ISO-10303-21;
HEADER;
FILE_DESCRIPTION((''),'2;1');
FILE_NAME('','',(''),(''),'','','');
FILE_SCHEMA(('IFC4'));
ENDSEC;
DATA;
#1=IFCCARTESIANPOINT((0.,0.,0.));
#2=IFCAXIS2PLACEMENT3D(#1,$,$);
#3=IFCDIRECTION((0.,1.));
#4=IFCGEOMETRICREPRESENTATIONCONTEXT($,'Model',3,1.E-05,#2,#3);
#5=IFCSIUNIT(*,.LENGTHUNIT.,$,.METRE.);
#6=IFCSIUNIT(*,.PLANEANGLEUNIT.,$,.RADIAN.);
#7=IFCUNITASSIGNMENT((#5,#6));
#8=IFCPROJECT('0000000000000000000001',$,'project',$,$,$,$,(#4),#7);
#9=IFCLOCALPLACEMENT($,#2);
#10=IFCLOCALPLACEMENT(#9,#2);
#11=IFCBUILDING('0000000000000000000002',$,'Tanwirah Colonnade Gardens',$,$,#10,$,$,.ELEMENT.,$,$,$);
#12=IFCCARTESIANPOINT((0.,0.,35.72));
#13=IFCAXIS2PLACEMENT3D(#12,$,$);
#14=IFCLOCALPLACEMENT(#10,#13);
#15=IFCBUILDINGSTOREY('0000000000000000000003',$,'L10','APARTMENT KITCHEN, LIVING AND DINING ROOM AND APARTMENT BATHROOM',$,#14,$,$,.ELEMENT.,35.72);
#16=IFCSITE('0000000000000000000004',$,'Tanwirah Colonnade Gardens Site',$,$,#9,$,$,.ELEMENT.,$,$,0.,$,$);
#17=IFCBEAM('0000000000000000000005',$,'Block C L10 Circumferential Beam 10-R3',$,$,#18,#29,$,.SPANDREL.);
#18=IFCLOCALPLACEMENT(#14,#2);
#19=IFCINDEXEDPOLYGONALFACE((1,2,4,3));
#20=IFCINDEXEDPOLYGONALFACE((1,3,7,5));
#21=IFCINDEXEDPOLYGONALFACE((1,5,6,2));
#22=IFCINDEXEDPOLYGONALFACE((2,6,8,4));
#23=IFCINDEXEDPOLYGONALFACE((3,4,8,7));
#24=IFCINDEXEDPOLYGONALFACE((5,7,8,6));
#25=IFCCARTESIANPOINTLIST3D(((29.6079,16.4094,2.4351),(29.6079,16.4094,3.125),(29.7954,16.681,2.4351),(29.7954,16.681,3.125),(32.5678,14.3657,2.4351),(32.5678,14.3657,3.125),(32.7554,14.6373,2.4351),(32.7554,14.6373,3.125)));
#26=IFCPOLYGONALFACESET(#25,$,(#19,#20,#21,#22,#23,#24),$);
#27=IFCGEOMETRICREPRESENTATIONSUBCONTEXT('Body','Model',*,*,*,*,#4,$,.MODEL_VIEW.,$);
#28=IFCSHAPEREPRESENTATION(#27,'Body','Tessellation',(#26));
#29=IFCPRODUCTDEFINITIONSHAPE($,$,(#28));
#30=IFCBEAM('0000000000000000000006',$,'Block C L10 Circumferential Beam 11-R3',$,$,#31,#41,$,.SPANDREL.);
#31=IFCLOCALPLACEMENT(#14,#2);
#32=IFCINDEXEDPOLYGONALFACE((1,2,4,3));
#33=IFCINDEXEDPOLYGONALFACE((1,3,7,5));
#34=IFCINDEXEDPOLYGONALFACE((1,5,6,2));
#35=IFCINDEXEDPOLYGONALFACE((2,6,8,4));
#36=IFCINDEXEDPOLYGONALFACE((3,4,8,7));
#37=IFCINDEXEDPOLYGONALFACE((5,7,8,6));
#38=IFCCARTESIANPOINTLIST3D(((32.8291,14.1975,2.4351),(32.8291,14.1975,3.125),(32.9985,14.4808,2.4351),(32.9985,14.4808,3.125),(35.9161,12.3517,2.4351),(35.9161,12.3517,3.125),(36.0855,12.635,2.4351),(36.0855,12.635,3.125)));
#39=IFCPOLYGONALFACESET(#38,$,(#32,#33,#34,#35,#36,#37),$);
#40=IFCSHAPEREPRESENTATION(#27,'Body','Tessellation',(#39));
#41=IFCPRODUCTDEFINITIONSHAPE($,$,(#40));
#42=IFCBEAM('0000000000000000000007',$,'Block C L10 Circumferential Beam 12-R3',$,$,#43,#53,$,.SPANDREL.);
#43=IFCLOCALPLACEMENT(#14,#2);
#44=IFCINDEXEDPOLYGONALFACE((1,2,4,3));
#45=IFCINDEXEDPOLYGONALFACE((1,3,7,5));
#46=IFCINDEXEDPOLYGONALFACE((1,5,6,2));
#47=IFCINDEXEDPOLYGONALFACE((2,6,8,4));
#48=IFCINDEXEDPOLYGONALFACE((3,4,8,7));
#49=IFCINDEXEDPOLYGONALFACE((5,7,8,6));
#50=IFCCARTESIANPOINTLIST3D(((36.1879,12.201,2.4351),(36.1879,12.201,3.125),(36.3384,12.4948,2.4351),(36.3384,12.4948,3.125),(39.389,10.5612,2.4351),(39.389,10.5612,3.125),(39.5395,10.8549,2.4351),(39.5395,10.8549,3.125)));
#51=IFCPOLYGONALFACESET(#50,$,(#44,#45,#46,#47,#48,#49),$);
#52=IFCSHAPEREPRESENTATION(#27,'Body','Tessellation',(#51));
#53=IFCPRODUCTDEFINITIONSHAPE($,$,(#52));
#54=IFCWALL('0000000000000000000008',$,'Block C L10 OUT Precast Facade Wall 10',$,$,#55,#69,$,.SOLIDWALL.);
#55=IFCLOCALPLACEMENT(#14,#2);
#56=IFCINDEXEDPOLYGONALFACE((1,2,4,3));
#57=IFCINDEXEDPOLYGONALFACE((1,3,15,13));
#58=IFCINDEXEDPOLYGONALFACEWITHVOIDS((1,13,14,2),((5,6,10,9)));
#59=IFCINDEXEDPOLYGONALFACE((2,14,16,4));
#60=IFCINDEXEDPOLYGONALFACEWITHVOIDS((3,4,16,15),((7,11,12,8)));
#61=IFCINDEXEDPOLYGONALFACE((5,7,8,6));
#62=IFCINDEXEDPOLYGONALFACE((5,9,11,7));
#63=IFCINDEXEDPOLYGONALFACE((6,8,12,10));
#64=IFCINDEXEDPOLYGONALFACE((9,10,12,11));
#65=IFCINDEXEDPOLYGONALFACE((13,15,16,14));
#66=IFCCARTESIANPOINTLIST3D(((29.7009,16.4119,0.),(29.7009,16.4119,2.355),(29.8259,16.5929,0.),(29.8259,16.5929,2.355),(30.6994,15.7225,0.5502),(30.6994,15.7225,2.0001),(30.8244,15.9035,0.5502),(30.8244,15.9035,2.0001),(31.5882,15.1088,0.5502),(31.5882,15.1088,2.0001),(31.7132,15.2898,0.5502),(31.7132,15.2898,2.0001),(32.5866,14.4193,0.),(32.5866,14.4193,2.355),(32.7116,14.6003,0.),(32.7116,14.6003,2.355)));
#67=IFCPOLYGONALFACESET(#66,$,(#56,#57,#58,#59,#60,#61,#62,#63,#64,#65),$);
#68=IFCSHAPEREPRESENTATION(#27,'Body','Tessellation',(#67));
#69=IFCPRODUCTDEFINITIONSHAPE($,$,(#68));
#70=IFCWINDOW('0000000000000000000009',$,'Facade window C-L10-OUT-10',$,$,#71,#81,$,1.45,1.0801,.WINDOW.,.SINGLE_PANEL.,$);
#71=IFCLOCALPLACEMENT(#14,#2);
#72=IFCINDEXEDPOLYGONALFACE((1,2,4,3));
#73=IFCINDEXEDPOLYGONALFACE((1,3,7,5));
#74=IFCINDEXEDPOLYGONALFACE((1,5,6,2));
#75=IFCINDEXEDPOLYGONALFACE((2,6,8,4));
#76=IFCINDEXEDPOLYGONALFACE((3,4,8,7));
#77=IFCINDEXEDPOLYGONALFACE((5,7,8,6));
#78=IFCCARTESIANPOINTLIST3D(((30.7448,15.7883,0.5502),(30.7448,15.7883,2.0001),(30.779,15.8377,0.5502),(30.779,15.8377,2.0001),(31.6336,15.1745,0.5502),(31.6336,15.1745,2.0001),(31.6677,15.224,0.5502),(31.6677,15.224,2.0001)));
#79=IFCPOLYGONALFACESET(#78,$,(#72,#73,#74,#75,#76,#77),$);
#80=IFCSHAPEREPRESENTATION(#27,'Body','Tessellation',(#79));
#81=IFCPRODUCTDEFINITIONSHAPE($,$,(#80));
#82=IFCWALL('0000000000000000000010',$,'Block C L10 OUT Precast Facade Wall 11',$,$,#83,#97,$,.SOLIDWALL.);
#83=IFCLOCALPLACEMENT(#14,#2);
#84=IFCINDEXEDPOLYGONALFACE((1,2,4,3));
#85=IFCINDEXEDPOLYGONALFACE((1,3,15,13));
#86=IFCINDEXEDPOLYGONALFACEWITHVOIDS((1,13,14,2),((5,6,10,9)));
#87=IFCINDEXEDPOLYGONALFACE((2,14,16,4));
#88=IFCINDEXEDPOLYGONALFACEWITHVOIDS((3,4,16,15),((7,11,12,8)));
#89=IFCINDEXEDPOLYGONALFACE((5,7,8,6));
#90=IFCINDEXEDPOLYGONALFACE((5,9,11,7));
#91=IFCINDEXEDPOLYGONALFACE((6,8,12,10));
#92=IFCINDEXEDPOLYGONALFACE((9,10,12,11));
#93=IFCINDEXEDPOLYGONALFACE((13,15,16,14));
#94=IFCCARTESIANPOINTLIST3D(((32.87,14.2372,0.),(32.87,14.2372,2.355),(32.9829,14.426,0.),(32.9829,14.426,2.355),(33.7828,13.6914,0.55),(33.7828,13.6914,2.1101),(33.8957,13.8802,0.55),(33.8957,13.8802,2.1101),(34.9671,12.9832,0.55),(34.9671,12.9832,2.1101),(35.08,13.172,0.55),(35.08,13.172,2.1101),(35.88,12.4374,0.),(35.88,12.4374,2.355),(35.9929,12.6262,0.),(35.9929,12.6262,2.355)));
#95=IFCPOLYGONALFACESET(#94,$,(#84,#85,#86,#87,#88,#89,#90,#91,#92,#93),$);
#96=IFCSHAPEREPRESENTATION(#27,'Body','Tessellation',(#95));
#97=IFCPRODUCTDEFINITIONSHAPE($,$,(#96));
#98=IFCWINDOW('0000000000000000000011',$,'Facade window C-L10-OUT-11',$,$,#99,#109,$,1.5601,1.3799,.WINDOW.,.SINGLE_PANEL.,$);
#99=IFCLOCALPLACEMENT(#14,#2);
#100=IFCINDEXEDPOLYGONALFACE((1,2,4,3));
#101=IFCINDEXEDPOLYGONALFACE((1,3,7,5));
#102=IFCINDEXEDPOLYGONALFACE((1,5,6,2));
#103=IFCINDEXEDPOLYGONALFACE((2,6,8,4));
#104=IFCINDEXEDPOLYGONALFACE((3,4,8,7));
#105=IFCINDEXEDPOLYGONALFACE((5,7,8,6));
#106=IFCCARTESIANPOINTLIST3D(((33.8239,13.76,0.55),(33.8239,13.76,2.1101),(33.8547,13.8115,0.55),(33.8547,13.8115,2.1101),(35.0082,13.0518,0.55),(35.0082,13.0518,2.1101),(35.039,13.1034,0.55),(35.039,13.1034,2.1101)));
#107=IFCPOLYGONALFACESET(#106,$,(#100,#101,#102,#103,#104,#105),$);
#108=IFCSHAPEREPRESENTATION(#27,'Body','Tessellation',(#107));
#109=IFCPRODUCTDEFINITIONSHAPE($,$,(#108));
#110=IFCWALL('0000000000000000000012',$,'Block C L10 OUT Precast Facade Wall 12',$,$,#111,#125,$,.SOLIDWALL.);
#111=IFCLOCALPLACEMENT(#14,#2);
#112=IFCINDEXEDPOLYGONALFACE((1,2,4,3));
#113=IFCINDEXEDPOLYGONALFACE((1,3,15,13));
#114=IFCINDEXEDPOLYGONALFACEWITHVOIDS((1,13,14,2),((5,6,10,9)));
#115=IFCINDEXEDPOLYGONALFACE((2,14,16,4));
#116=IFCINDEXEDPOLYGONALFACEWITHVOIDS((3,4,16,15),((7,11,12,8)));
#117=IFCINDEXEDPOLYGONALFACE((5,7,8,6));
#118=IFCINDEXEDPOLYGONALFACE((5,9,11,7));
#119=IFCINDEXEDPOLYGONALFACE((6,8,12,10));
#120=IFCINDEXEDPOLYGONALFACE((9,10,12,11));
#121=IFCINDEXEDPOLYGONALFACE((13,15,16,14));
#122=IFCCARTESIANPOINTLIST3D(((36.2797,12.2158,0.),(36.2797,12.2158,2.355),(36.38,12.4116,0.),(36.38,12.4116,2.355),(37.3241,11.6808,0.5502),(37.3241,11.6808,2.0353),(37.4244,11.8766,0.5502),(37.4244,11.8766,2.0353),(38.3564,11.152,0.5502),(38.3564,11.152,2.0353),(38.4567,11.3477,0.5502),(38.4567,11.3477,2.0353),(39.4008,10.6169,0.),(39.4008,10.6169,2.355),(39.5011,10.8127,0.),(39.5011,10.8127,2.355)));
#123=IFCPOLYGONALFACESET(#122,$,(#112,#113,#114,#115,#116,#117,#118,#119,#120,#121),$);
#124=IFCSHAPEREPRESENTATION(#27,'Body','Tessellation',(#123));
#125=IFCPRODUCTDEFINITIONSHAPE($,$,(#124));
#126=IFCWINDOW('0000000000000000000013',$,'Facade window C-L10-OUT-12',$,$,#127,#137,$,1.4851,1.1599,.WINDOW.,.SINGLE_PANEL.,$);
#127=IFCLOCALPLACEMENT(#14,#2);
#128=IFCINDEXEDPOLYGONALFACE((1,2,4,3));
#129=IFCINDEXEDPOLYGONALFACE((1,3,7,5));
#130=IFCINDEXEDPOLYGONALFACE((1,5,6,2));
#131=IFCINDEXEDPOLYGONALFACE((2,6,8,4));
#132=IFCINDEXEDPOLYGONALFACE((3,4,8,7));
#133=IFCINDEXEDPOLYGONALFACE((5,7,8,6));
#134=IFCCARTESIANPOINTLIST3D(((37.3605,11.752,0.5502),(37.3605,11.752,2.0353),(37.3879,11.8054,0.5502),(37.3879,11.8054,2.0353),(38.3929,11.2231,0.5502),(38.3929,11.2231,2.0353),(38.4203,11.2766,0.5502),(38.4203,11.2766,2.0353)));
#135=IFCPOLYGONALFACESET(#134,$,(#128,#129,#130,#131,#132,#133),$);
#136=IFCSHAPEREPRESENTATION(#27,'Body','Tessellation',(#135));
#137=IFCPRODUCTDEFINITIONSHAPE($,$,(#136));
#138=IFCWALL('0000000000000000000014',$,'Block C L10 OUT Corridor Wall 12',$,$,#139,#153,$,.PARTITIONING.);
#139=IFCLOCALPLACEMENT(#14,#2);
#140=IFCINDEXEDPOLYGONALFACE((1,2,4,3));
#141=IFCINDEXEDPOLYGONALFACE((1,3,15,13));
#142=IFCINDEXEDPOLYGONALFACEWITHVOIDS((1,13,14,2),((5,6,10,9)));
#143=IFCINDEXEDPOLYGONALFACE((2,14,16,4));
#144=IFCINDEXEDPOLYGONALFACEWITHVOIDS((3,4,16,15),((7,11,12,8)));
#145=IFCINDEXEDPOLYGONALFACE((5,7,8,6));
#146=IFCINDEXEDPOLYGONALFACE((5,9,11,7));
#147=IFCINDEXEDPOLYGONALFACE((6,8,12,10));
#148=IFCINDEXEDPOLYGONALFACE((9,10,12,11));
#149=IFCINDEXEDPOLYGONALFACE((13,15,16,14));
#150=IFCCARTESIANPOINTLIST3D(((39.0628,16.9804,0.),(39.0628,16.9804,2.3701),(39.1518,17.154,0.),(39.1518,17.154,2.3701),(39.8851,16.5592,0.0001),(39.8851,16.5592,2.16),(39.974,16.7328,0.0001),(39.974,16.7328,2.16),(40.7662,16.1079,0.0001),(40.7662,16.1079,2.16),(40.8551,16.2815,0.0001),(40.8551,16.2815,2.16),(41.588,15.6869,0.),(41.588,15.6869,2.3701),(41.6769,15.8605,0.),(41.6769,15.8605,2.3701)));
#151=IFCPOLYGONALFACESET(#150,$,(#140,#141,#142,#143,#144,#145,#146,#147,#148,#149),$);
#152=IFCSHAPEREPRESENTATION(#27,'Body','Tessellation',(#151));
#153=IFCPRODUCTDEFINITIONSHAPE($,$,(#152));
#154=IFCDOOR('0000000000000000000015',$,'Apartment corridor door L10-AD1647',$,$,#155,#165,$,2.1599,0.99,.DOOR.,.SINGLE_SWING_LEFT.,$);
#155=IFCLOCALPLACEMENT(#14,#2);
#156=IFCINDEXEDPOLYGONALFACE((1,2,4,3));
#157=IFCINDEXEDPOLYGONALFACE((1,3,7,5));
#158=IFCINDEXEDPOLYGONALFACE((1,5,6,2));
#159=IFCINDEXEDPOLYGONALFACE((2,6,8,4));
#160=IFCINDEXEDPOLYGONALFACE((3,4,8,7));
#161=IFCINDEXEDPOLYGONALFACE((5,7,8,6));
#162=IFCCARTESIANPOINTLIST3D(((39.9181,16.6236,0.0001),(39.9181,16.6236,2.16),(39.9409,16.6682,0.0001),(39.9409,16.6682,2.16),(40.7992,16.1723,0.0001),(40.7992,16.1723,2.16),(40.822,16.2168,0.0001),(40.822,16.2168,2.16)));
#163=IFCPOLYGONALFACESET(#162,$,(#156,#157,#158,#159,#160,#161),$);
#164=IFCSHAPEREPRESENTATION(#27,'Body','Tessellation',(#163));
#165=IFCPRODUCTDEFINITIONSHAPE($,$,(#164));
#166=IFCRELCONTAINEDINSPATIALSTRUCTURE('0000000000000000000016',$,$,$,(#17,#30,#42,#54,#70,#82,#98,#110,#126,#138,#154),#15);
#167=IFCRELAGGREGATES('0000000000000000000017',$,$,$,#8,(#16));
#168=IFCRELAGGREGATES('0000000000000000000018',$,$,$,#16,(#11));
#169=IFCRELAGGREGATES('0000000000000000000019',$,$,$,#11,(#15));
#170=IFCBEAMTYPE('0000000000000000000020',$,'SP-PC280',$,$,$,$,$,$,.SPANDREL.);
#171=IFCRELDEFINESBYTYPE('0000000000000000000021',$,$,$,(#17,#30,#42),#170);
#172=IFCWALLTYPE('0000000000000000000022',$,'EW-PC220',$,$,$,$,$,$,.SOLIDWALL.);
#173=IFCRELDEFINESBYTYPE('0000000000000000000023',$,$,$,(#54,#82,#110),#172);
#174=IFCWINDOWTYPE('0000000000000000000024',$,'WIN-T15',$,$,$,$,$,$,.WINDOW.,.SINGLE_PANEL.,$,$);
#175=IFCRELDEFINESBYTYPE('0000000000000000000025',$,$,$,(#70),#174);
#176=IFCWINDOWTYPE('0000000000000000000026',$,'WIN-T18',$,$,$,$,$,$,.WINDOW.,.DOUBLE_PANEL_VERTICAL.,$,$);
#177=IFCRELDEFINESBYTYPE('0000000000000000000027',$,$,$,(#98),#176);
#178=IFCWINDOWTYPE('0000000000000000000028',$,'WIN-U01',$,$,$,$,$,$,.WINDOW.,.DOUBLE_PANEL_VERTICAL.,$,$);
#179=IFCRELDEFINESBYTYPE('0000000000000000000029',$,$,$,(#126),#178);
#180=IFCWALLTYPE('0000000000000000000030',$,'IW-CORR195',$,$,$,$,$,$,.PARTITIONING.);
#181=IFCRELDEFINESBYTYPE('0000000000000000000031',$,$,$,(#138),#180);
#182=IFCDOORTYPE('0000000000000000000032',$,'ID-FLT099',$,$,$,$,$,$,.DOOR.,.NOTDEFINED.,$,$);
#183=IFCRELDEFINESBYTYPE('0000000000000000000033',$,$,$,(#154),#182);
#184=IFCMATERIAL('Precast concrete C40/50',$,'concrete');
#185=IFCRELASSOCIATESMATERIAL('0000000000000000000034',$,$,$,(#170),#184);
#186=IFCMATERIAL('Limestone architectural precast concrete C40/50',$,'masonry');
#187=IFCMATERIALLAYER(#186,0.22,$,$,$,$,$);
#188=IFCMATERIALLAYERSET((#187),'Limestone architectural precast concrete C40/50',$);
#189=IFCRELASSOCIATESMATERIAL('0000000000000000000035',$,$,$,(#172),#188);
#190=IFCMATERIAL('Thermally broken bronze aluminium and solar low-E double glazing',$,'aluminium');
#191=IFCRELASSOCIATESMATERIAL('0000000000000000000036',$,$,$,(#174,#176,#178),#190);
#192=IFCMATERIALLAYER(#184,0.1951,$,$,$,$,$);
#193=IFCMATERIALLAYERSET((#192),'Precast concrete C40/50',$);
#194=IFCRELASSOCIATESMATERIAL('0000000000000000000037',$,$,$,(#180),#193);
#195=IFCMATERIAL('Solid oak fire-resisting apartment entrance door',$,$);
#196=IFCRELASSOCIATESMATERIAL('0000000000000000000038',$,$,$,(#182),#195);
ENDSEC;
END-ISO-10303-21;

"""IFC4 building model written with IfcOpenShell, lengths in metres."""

from ifc_helpers import new_model, si_unit, direction, frame, frame_2d, origin, origin_2d, place, context, subcontext, project, spatial, rectangle, extrude, material, layer, layer_set, material_profile, profile_set, type_object, element, fill, save


model = new_model("IFC4")

# Units and contexts
model_context = context("Model", 3, precision=1e-05, world=origin(), true_north=direction((0.0, 1.0)))
body_context = subcontext(model_context, "Body", "Model", "MODEL_VIEW")
ifc_project = project(units=[si_unit("LENGTHUNIT", "METRE"), si_unit("PLANEANGLEUNIT", "RADIAN")], contexts=[model_context])

# Site, building, storey
site_placement = place(None, origin())
site = spatial("IfcSite", under=ifc_project, at=site_placement, Name="Tanwirah Colonnade Gardens Site", CompositionType="ELEMENT", RefElevation=0.0)
building_placement = place(site_placement, origin())
building = spatial("IfcBuilding", under=site, at=building_placement, Name="Tanwirah Colonnade Gardens", CompositionType="ELEMENT")
storey_placement = place(building_placement, frame((0.0, 0.0, 35.72)))
storey = spatial("IfcBuildingStorey", under=building, at=storey_placement, Name="L10", Description="APARTMENT KITCHEN, LIVING AND DINING ROOM AND APARTMENT BATHROOM", CompositionType="ELEMENT", Elevation=35.72)

# Shared definitions
ifc_material_1 = material(Name="Precast concrete C40/50", Category="concrete")

# Beams
ifc_material_profile_1 = material_profile(ifc_material_1, rectangle(XDim=0.3301, YDim=0.6899, at=origin_2d()), Name="PC-SP 330x690")
ifc_profile_set_1 = profile_set([ifc_material_profile_1], Name="Precast concrete C40/50")
beam_type_1 = type_object("IfcBeamType", Name="SP-PC280", PredefinedType="SPANDREL", material=ifc_profile_set_1)
beam_1_placement = place(storey_placement, frame((29.7017, 16.5452, 2.78), z_axis=(0.822907, -0.568175, 0.0), x_axis=(0.568175, 0.822907, 0.0)))
element("IfcBeam", 1, at=beam_1_placement, inside=storey, type_object=beam_type_1, Name="Block C L10 Circumferential Beam 10-R3", PredefinedType="SPANDREL", context=body_context, shape_type="SweptSolid", body=[
    extrude(rectangle(XDim=0.3301, YDim=0.6899, at=origin_2d()), origin(), (0.0, 0.0, 1.0), 3.5969),
])
for number, where, z_axis, x_axis, name in (
    (2, (32.9138, 14.3391, 2.78), (0.858283, -0.513177, 0.0), (0.513177, 0.858283, 0.0), "Block C L10 Circumferential Beam 11-R3"),
    (3, (36.2632, 12.3479, 2.78), (0.890013, -0.455935, 0.0), (0.455935, 0.890013, 0.0), "Block C L10 Circumferential Beam 12-R3"),
):
    element("IfcBeam", number, at=place(storey_placement, frame(where, z_axis=z_axis, x_axis=x_axis)), inside=storey, type_object=beam_type_1, Name=name, PredefinedType="SPANDREL", context=body_context, shape_type="SweptSolid", body=[
        extrude(rectangle(XDim=0.3301, YDim=0.6899, at=origin_2d()), origin(), (0.0, 0.0, 1.0), 3.5967),
    ])

# Walls, openings, windows
ifc_material_2 = material(Name="Limestone architectural precast concrete C40/50", Category="masonry")
ifc_layer_1 = layer(ifc_material_2, 0.22)
ifc_layer_set_1 = layer_set([ifc_layer_1], Name="Limestone architectural precast concrete C40/50")
wall_type_1 = type_object("IfcWallType", Name="EW-PC220", PredefinedType="SOLIDWALL", material=ifc_layer_set_1)
wall_1_placement = place(storey_placement, frame((29.7634, 16.5024, 0.0), z_axis=(0.0, 0.0, 1.0), x_axis=(0.822878, -0.568218, 0.0)))
wall_1 = element("IfcWall", 4, at=wall_1_placement, inside=storey, type_object=wall_type_1, Name="Block C L10 OUT Precast Facade Wall 10", PredefinedType="SOLIDWALL", context=body_context, shape_type="SweptSolid", body=[
    extrude(rectangle(XDim=3.5068, YDim=0.22, at=frame_2d((1.7534, 0.0))), origin(), (0.0, 0.0, 1.0), 2.355),
])
opening_1_placement = place(wall_1_placement, frame((1.2134, 0.0, 0.55)))
opening_1 = element("IfcOpeningElement", 5, at=opening_1_placement, cuts=wall_1, PredefinedType="OPENING", context=body_context, shape_type="SweptSolid", body=[
    extrude(rectangle(XDim=1.0801, YDim=1.45, at=frame_2d((0.54, 0.7251))), frame((0.0, 0.1199, 0.0), z_axis=(0.0, -1.0, 0.0), x_axis=(1.0, 0.0, 0.0)), (0.0, 0.0, 1.0), 0.24),
])
ifc_material_3 = material(Name="Thermally broken bronze aluminium and solar low-E double glazing", Category="aluminium")
window_type_1 = type_object("IfcWindowType", Name="WIN-T15", PartitioningType="SINGLE_PANEL", PredefinedType="WINDOW", material=ifc_material_3)
window_1_placement = place(opening_1_placement, origin())
window_1 = element("IfcWindow", 6, at=window_1_placement, inside=storey, type_object=window_type_1, Name="Facade window C-L10-OUT-10", OverallHeight=1.45, OverallWidth=1.0801, PartitioningType="SINGLE_PANEL", PredefinedType="WINDOW", context=body_context, shape_type="SweptSolid", body=[
    extrude(rectangle(XDim=1.0801, YDim=1.45, at=frame_2d((0.54, 0.7251))), frame((0.0, 0.03, 0.0), z_axis=(0.0, -1.0, 0.0), x_axis=(1.0, 0.0, 0.0)), (0.0, 0.0, 1.0), 0.0601),
])
fill(opening_1, window_1)
wall_2_placement = place(storey_placement, frame((32.9265, 14.3315, 0.0), z_axis=(0.0, 0.0, 1.0), x_axis=(0.858272, -0.513195, 0.0)))
wall_2 = element("IfcWall", 7, at=wall_2_placement, inside=storey, type_object=wall_type_1, Name="Block C L10 OUT Precast Facade Wall 11", PredefinedType="SOLIDWALL", context=body_context, shape_type="SweptSolid", body=[
    extrude(rectangle(XDim=3.5071, YDim=0.22, at=frame_2d((1.7534, 0.0))), origin(), (0.0, 0.0, 1.0), 2.355),
])
opening_2_placement = place(wall_2_placement, frame((1.0635, 0.0, 0.55)))
opening_2 = element("IfcOpeningElement", 8, at=opening_2_placement, cuts=wall_2, PredefinedType="OPENING", context=body_context, shape_type="SweptSolid", body=[
    extrude(rectangle(XDim=1.3799, YDim=1.5601, at=frame_2d((0.6899, 0.78))), frame((0.0, 0.1199, 0.0), z_axis=(0.0, -1.0, 0.0), x_axis=(1.0, 0.0, 0.0)), (0.0, 0.0, 1.0), 0.24),
])
window_type_2 = type_object("IfcWindowType", Name="WIN-T18", PartitioningType="DOUBLE_PANEL_VERTICAL", PredefinedType="WINDOW", material=ifc_material_3)
window_2_placement = place(opening_2_placement, origin())
window_2 = element("IfcWindow", 9, at=window_2_placement, inside=storey, type_object=window_type_2, Name="Facade window C-L10-OUT-11", OverallHeight=1.5601, OverallWidth=1.3799, PartitioningType="SINGLE_PANEL", PredefinedType="WINDOW", context=body_context, shape_type="SweptSolid", body=[
    extrude(rectangle(XDim=1.3799, YDim=1.5601, at=frame_2d((0.6899, 0.78))), frame((0.0, 0.03, 0.0), z_axis=(0.0, -1.0, 0.0), x_axis=(1.0, 0.0, 0.0)), (0.0, 0.0, 1.0), 0.0601),
])
fill(opening_2, window_2)
wall_3_placement = place(storey_placement, frame((36.3298, 12.3137, 0.0), z_axis=(0.0, 0.0, 1.0), x_axis=(0.890012, -0.455936, 0.0)))
wall_3 = element("IfcWall", 10, at=wall_3_placement, inside=storey, type_object=wall_type_1, Name="Block C L10 OUT Precast Facade Wall 12", PredefinedType="SOLIDWALL", context=body_context, shape_type="SweptSolid", body=[
    extrude(rectangle(XDim=3.5068, YDim=0.22, at=frame_2d((1.7534, 0.0))), origin(), (0.0, 0.0, 1.0), 2.355),
])
opening_3_placement = place(wall_3_placement, frame((1.1733, 0.0, 0.55)))
opening_3 = element("IfcOpeningElement", 11, at=opening_3_placement, cuts=wall_3, PredefinedType="OPENING", context=body_context, shape_type="SweptSolid", body=[
    extrude(rectangle(XDim=1.1599, YDim=1.4851, at=frame_2d((0.5801, 0.7427))), frame((0.0, 0.1199, 0.0), z_axis=(0.0, -1.0, 0.0), x_axis=(1.0, 0.0, 0.0)), (0.0, 0.0, 1.0), 0.24),
])
window_type_3 = type_object("IfcWindowType", Name="WIN-U01", PartitioningType="DOUBLE_PANEL_VERTICAL", PredefinedType="WINDOW", material=ifc_material_3)
window_3_placement = place(opening_3_placement, origin())
window_3 = element("IfcWindow", 12, at=window_3_placement, inside=storey, type_object=window_type_3, Name="Facade window C-L10-OUT-12", OverallHeight=1.4851, OverallWidth=1.1599, PartitioningType="SINGLE_PANEL", PredefinedType="WINDOW", context=body_context, shape_type="SweptSolid", body=[
    extrude(rectangle(XDim=1.1599, YDim=1.4851, at=frame_2d((0.5801, 0.7427))), frame((0.0, 0.03, 0.0), z_axis=(0.0, -1.0, 0.0), x_axis=(1.0, 0.0, 0.0)), (0.0, 0.0, 1.0), 0.0601),
])
fill(opening_3, window_3)

# Wall, opening, door
ifc_layer_2 = layer(ifc_material_1, 0.1951)
ifc_layer_set_2 = layer_set([ifc_layer_2], Name="Precast concrete C40/50")
wall_type_2 = type_object("IfcWallType", Name="IW-CORR195", PredefinedType="PARTITIONING", material=ifc_layer_set_2)
ifc_material_4 = material(Name="Solid oak fire-resisting apartment entrance door")
wall_4_placement = place(storey_placement, frame((39.1074, 17.0671, 0.0), z_axis=(0.0, 0.0, 1.0), x_axis=(0.890031, -0.455901, 0.0)))
wall_4 = element("IfcWall", 13, at=wall_4_placement, inside=storey, type_object=wall_type_2, Name="Block C L10 OUT Corridor Wall 12", PredefinedType="PARTITIONING", context=body_context, shape_type="SweptSolid", body=[
    extrude(rectangle(XDim=2.8372, YDim=0.1951, at=frame_2d((1.4185, 0.0))), origin(), (0.0, 0.0, 1.0), 2.3701),
])
opening_4_placement = place(wall_4_placement, frame((0.9236, 0.0, 0.0)))
opening_4 = element("IfcOpeningElement", 14, at=opening_4_placement, cuts=wall_4, PredefinedType="OPENING", context=body_context, shape_type="SweptSolid", body=[
    extrude(rectangle(XDim=0.99, YDim=2.1599, at=frame_2d((0.4951, 1.0801))), frame((0.0, 0.1074, 0.0), z_axis=(0.0, -1.0, 0.0), x_axis=(1.0, 0.0, 0.0)), (0.0, 0.0, 1.0), 0.2151),
])
door_type_1 = type_object("IfcDoorType", Name="ID-FLT099", OperationType="NOTDEFINED", PredefinedType="DOOR", material=ifc_material_4)
door_1_placement = place(opening_4_placement, origin())
door_1 = element("IfcDoor", 15, at=door_1_placement, inside=storey, type_object=door_type_1, Name="Apartment corridor door L10-AD1647", OperationType="SINGLE_SWING_LEFT", OverallHeight=2.1599, OverallWidth=0.99, PredefinedType="DOOR", context=body_context, shape_type="SweptSolid", body=[
    extrude(rectangle(XDim=0.99, YDim=2.1599, at=frame_2d((0.4951, 1.0801))), frame((0.0, 0.0249, 0.0), z_axis=(0.0, -1.0, 0.0), x_axis=(1.0, 0.0, 0.0)), (0.0, 0.0, 1.0), 0.05),
])
fill(opening_4, door_1)

save(model, "model.ifc")
